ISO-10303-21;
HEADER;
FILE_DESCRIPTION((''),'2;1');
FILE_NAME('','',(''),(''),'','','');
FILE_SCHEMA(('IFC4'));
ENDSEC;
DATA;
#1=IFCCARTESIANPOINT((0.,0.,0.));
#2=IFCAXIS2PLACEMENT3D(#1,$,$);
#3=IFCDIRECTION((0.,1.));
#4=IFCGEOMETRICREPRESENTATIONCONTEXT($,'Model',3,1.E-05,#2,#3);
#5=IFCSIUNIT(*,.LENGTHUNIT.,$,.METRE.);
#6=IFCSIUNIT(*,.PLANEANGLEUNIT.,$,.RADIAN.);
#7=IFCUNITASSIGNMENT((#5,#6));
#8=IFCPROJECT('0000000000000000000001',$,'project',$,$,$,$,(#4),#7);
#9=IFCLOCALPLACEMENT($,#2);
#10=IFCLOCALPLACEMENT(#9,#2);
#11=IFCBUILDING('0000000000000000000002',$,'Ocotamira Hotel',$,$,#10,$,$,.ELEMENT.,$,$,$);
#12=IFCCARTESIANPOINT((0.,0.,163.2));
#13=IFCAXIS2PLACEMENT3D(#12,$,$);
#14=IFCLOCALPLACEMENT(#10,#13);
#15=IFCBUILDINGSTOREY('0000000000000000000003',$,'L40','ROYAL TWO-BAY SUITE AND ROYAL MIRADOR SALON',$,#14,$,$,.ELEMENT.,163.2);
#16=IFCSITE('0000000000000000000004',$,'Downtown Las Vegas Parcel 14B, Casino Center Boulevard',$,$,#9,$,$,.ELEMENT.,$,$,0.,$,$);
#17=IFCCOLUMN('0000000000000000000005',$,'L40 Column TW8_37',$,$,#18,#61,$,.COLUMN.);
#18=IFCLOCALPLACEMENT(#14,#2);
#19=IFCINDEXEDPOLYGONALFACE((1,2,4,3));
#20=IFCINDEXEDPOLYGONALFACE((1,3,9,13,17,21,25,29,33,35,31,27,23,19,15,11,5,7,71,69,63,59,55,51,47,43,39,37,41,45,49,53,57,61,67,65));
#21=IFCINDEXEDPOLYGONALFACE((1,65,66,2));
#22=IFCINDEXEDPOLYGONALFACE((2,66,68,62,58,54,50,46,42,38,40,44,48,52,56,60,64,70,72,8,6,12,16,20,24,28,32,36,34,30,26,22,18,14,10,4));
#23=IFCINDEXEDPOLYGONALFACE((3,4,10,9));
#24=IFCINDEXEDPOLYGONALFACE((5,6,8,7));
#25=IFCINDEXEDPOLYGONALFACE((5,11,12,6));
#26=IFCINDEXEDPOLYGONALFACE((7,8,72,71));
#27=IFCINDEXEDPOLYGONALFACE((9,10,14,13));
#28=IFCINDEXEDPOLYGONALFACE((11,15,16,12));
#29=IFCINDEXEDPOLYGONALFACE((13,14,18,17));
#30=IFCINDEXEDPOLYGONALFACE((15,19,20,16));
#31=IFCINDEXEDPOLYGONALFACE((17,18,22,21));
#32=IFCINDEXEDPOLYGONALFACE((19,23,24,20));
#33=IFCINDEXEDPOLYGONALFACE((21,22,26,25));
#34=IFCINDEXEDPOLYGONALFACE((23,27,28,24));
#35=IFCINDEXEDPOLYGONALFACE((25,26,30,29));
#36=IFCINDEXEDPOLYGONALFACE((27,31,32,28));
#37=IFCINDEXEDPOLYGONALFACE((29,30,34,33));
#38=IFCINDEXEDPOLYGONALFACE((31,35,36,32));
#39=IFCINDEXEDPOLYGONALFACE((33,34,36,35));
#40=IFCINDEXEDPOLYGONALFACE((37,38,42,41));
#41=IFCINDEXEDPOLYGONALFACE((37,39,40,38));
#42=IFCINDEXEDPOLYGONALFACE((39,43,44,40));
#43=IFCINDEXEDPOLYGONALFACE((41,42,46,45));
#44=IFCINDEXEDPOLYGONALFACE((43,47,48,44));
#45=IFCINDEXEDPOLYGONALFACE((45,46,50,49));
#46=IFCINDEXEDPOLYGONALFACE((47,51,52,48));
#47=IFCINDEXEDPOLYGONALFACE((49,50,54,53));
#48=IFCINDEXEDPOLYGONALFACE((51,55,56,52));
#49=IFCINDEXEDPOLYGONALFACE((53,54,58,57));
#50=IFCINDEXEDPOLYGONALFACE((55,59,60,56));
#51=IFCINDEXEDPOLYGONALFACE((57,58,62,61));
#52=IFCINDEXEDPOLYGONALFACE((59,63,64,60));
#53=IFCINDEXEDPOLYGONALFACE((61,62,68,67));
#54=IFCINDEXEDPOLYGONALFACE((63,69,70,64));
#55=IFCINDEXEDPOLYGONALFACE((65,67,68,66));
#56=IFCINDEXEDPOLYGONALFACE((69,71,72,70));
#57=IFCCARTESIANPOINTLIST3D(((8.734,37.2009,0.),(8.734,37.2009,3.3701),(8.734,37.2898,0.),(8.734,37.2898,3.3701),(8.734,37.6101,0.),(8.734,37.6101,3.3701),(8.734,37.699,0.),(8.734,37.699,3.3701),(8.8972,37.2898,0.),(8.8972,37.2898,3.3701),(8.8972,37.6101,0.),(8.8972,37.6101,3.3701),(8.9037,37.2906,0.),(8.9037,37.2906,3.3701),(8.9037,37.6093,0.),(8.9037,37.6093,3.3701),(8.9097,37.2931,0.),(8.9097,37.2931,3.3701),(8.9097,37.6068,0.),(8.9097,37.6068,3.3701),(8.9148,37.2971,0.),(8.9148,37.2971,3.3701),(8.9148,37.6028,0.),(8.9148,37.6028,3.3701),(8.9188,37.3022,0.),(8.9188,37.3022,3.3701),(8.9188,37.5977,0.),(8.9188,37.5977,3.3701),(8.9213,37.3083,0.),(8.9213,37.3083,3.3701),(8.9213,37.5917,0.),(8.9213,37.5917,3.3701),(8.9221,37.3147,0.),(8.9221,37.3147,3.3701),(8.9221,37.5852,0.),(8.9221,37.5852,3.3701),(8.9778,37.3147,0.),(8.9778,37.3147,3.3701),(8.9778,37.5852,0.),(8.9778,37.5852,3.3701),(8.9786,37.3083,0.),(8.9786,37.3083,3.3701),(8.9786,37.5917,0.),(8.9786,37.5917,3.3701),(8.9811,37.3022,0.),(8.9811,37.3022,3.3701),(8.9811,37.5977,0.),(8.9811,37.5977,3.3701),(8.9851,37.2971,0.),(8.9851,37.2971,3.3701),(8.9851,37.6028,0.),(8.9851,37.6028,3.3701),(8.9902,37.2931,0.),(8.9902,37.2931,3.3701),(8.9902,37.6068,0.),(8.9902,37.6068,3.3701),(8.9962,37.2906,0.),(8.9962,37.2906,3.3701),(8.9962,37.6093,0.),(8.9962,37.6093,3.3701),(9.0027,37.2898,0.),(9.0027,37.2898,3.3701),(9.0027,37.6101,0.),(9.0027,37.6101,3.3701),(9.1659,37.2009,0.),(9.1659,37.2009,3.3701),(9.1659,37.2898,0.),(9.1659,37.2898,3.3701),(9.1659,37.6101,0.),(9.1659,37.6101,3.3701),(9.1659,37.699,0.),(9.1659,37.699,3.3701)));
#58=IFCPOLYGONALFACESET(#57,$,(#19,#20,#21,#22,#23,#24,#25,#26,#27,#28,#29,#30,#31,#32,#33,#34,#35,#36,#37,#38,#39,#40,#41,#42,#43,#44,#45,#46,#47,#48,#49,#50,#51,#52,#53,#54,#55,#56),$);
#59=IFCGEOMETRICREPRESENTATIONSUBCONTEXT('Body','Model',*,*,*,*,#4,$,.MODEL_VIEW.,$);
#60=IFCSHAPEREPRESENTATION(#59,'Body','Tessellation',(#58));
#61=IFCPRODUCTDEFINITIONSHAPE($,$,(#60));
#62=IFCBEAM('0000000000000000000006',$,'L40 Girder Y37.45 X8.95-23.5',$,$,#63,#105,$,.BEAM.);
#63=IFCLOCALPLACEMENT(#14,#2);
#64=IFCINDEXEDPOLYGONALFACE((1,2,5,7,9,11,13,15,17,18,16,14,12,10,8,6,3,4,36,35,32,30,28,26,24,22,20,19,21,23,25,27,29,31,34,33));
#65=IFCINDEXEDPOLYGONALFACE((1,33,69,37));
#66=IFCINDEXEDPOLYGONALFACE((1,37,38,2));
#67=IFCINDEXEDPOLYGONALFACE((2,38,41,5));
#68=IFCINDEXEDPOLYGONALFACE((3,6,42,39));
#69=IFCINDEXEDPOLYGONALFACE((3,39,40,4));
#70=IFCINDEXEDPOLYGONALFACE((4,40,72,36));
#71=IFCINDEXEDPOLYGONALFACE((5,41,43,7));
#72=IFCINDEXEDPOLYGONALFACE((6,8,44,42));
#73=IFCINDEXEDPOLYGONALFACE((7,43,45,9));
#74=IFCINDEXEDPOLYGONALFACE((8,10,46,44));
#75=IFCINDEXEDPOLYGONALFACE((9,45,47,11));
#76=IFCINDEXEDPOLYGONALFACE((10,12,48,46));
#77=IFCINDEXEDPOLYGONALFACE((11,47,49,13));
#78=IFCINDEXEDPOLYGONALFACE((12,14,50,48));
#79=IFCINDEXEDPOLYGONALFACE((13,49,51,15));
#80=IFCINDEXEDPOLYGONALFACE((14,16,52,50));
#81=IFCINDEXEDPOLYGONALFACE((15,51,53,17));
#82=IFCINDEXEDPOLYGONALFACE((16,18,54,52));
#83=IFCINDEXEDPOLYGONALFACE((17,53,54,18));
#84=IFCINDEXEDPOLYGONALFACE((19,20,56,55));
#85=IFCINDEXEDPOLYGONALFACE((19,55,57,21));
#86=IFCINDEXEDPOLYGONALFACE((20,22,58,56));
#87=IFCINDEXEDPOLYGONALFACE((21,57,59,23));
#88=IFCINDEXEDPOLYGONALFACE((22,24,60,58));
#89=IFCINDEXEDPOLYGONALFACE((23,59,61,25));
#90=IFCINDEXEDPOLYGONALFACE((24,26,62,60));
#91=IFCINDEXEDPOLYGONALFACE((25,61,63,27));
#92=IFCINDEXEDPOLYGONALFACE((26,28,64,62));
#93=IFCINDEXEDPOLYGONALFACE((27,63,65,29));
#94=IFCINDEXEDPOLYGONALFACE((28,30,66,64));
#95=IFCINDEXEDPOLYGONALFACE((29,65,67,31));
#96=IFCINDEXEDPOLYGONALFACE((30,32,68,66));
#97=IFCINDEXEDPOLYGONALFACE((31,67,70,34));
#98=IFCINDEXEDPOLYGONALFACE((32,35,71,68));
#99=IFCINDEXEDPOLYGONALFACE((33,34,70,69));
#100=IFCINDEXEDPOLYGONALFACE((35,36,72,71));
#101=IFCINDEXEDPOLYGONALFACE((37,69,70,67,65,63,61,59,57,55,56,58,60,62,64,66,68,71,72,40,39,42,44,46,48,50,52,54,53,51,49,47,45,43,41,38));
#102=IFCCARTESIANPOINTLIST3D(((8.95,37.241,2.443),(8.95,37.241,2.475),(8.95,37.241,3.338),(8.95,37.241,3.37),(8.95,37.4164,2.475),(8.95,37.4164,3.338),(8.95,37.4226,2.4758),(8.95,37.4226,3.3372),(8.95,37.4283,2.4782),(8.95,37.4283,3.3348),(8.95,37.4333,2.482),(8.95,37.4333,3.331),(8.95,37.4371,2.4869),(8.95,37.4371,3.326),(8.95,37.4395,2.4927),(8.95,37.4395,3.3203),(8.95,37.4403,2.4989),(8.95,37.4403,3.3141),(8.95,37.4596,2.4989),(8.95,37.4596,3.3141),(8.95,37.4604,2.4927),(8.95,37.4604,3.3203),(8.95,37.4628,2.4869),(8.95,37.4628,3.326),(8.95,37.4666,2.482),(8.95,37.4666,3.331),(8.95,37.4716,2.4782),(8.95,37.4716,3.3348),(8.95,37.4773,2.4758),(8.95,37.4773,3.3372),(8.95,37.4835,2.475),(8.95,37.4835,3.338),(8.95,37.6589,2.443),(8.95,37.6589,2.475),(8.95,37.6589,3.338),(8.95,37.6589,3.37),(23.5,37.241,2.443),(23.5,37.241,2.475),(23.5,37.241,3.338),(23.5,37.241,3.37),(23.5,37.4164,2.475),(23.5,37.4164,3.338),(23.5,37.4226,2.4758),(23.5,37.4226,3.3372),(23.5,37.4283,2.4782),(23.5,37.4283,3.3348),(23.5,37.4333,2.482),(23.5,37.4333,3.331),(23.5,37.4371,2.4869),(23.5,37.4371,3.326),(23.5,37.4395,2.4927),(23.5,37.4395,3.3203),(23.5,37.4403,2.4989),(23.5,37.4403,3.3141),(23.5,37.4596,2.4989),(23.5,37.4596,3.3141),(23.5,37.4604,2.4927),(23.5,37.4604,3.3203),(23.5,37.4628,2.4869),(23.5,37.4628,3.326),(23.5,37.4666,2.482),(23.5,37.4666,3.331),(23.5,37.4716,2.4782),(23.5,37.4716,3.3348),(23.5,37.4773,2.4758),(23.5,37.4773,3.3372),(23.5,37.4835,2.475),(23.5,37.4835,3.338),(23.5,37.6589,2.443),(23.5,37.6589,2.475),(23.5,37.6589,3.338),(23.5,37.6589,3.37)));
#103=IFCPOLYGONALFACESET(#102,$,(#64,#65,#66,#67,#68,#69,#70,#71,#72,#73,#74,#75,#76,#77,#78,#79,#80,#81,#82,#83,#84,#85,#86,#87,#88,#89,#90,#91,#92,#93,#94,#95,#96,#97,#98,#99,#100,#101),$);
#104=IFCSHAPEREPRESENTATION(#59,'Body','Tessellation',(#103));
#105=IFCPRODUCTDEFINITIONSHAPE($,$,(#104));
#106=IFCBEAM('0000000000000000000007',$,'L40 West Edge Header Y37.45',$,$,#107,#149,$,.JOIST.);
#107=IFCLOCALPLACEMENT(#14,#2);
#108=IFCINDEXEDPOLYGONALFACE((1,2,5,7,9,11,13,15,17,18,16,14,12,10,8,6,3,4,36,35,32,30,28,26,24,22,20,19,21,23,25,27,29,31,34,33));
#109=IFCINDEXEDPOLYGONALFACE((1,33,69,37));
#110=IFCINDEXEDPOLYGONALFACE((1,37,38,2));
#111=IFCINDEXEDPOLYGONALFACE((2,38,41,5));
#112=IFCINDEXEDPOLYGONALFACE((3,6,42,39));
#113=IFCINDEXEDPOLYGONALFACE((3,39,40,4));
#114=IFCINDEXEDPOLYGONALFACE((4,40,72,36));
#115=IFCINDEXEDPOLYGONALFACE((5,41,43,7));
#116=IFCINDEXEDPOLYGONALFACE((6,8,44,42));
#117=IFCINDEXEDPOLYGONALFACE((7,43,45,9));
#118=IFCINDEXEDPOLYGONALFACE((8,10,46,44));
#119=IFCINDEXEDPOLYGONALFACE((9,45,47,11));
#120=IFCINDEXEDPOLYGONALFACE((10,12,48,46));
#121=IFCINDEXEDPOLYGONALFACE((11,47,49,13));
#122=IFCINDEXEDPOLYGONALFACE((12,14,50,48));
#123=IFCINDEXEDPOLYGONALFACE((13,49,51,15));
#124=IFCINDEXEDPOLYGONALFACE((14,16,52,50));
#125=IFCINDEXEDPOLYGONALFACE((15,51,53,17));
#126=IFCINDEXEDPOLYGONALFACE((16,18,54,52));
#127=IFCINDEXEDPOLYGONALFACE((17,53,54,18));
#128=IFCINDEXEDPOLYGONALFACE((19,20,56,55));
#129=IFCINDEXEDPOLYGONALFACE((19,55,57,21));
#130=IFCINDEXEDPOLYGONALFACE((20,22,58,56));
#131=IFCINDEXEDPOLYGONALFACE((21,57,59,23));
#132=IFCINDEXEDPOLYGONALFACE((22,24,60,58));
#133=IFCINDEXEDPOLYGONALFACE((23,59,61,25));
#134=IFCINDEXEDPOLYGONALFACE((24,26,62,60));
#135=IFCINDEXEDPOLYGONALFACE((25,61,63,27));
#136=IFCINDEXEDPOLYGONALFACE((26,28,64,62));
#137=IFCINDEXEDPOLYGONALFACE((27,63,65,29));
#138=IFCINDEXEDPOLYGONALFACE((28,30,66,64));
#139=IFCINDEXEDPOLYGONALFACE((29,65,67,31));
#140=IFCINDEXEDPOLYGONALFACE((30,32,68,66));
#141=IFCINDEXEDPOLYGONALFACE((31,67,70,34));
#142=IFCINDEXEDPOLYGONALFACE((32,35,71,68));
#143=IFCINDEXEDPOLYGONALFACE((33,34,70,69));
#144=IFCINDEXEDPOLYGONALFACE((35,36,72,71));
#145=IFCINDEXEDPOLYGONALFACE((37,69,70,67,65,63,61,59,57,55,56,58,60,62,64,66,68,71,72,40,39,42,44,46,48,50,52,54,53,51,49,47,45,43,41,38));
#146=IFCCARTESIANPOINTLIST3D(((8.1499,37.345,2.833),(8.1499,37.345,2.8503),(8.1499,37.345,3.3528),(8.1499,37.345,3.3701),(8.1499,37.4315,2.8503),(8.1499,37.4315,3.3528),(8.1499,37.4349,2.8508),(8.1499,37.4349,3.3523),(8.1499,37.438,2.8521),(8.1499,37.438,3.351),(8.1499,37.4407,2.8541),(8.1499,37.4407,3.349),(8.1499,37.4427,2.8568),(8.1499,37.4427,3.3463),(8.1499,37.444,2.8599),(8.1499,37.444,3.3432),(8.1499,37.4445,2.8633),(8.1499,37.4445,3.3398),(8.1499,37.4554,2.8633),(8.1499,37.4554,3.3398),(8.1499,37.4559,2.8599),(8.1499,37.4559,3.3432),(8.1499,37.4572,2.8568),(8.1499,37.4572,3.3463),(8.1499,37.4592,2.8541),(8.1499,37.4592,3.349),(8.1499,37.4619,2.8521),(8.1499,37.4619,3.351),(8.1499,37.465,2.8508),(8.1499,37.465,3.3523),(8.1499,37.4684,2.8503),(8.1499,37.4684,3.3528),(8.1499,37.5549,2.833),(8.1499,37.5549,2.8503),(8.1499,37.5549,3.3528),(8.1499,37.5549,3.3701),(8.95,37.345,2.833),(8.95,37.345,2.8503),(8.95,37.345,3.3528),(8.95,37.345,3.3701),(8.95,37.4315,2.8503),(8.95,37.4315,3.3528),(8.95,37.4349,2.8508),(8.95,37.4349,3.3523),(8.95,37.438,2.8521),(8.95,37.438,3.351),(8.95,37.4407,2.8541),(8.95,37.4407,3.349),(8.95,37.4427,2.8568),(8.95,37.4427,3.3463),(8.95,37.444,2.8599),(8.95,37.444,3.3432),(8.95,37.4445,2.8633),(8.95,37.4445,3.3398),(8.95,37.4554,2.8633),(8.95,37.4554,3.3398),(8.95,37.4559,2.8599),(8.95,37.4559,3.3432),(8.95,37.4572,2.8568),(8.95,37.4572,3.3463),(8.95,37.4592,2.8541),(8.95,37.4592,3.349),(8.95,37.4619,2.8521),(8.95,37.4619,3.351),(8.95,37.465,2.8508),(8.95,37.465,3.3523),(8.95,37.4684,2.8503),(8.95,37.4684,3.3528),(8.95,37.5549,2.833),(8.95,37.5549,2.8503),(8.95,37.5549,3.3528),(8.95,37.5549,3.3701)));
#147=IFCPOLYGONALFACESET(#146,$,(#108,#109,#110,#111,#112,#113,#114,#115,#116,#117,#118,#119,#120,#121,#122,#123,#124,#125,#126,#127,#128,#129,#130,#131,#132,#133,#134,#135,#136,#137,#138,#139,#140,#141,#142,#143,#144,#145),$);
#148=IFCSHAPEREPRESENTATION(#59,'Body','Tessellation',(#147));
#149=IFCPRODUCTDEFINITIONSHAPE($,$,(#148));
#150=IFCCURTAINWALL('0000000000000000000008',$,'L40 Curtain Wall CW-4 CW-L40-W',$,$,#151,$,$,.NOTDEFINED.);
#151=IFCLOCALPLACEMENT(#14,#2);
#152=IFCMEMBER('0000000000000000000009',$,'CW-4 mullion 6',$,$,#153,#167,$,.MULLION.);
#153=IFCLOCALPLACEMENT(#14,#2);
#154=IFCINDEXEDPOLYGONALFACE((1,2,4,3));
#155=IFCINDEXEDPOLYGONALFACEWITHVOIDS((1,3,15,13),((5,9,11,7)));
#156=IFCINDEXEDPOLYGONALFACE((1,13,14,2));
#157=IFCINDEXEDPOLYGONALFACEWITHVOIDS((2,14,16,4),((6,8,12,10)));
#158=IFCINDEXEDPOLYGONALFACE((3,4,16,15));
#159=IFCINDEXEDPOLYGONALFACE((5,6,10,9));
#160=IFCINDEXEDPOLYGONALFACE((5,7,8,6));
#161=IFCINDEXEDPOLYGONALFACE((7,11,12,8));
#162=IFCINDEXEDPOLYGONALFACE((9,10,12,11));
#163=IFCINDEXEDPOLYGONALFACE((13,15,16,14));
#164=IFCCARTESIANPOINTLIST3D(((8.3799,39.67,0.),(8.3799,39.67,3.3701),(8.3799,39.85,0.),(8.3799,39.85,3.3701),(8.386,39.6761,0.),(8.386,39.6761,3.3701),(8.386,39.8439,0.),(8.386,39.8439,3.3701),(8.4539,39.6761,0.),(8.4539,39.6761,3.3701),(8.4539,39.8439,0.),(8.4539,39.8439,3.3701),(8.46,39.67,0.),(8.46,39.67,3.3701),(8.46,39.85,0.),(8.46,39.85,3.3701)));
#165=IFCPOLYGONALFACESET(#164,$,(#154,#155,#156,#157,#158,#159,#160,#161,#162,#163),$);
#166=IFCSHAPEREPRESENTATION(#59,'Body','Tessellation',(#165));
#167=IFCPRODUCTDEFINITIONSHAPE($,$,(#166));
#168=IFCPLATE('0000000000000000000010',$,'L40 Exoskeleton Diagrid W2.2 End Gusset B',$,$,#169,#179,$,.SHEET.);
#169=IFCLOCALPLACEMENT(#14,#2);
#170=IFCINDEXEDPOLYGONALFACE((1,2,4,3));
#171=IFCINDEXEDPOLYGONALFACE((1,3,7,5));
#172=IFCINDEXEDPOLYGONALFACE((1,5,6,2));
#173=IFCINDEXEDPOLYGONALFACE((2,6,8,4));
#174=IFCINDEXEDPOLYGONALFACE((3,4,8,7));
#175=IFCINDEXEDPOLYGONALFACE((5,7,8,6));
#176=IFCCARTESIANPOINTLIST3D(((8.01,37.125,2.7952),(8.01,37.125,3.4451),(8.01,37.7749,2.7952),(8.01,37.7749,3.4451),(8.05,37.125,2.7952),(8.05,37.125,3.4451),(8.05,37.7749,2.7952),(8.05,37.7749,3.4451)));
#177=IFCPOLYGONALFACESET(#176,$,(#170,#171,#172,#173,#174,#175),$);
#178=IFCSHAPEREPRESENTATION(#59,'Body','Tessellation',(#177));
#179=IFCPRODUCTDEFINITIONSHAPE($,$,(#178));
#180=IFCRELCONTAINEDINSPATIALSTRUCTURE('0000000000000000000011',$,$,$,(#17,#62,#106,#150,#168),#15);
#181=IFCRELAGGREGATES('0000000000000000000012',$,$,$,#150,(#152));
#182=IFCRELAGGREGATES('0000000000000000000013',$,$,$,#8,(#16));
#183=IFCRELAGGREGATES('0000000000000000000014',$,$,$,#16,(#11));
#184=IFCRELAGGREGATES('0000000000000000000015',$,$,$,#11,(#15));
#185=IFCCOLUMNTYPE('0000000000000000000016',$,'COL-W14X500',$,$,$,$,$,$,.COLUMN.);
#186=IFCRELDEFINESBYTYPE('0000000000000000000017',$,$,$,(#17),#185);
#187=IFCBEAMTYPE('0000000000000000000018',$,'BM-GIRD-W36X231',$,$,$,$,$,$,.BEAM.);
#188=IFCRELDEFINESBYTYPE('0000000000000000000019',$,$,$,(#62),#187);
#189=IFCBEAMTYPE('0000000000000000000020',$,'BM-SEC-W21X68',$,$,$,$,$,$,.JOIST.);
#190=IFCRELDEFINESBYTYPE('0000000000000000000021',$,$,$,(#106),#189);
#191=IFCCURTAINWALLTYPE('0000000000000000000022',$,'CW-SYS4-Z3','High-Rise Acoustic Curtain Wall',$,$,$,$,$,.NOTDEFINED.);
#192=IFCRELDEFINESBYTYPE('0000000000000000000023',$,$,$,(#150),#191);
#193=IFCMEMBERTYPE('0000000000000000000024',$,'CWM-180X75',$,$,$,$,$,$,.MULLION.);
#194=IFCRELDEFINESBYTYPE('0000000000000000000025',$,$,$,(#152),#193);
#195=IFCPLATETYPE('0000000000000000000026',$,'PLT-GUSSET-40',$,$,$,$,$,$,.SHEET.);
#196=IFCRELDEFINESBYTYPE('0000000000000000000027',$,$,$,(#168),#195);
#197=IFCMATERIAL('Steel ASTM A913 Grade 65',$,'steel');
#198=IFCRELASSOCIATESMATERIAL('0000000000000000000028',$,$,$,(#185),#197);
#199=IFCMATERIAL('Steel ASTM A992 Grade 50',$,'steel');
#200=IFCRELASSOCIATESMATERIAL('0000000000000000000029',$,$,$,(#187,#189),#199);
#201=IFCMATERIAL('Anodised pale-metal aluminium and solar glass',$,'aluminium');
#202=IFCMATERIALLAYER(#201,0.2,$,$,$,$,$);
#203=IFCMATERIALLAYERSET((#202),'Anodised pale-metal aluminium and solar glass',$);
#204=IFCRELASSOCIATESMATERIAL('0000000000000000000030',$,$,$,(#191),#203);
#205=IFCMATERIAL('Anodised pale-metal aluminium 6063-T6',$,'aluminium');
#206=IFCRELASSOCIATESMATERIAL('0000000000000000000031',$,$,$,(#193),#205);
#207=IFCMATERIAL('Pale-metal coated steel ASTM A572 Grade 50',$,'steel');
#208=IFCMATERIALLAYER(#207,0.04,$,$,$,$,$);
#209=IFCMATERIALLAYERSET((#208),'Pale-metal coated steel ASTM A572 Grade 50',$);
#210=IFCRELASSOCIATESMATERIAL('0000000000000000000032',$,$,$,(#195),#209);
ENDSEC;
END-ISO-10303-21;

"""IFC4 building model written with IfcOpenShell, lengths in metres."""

from ifc_helpers import new_model, si_unit, direction, frame, origin, origin_2d, place, context, subcontext, project, spatial, rectangle, hollow_rectangle, i_section, extrude, source, transform, mapped, material, layer, layer_set, material_profile, profile_set, type_object, element, aggregate, save


model = new_model("IFC4")

# Units and contexts
model_context = context("Model", 3, precision=1e-05, world=origin(), true_north=direction((0.0, 1.0)))
body_context = subcontext(model_context, "Body", "Model", "MODEL_VIEW")
ifc_project = project(units=[si_unit("LENGTHUNIT", "METRE"), si_unit("PLANEANGLEUNIT", "RADIAN")], contexts=[model_context])

# Site, building, storey
site_placement = place(None, origin())
site = spatial("IfcSite", under=ifc_project, at=site_placement, Name="Downtown Las Vegas Parcel 14B, Casino Center Boulevard", CompositionType="ELEMENT", RefElevation=0.0)
building_placement = place(site_placement, origin())
building = spatial("IfcBuilding", under=site, at=building_placement, Name="Ocotamira Hotel", CompositionType="ELEMENT")
storey_placement = place(building_placement, frame((0.0, 0.0, 163.2)))
storey = spatial("IfcBuildingStorey", under=building, at=storey_placement, Name="L40", Description="ROYAL TWO-BAY SUITE AND ROYAL MIRADOR SALON", CompositionType="ELEMENT", Elevation=163.2)

# Column
ifc_material_1 = material(Name="Steel ASTM A913 Grade 65", Category="steel")
ifc_material_profile_1 = material_profile(ifc_material_1, i_section(OverallWidth=0.4319, OverallDepth=0.498, WebThickness=0.0557, FlangeThickness=0.0889, FilletRadius=0.0249, at=origin_2d()), Name="W14X500")
ifc_profile_set_1 = profile_set([ifc_material_profile_1], Name="Steel ASTM A913 Grade 65")
column_type = type_object("IfcColumnType", Name="COL-W14X500", PredefinedType="COLUMN", material=ifc_profile_set_1)
shared_shape_1 = source(origin(), body_context, "Body", "SweptSolid", [
    extrude(i_section(OverallWidth=0.4319, OverallDepth=0.498, WebThickness=0.0557, FlangeThickness=0.0889, FilletRadius=0.0249, at=origin_2d()), origin(), (0.0, 0.0, 1.0), 3.3701),
])
column_placement = place(storey_placement, frame((8.95, 37.45, 0.0), z_axis=(0.0, 0.0, 1.0), x_axis=(1.0, 0.0, 0.0)))
element("IfcColumn", 1, at=column_placement, inside=storey, type_object=column_type, Name="L40 Column TW8_37", PredefinedType="COLUMN", context=body_context, shape_type="MappedRepresentation", body=[
    mapped(shared_shape_1, transform((0.0, 0.0, 0.0), scale=1.0)),
])

# Beams
ifc_material_2 = material(Name="Steel ASTM A992 Grade 50", Category="steel")
ifc_material_profile_2 = material_profile(ifc_material_2, i_section(OverallWidth=0.418, OverallDepth=0.927, WebThickness=0.0193, FlangeThickness=0.032, FilletRadius=0.0239, at=origin_2d()), Name="W36X231")
ifc_profile_set_2 = profile_set([ifc_material_profile_2], Name="Steel ASTM A992 Grade 50")
beam_type_1 = type_object("IfcBeamType", Name="BM-GIRD-W36X231", PredefinedType="BEAM", material=ifc_profile_set_2)
shared_shape_2 = source(origin(), body_context, "Body", "SweptSolid", [
    extrude(i_section(OverallWidth=0.418, OverallDepth=0.927, WebThickness=0.0193, FlangeThickness=0.032, FilletRadius=0.0239, at=origin_2d()), origin(), (0.0, 0.0, 1.0), 14.55),
])
beam_1_placement = place(storey_placement, frame((8.95, 37.45, 2.9065), z_axis=(1.0, 0.0, 0.0), x_axis=(0.0, 1.0, 0.0)))
element("IfcBeam", 2, at=beam_1_placement, inside=storey, type_object=beam_type_1, Name="L40 Girder Y37.45 X8.95-23.5", PredefinedType="BEAM", context=body_context, shape_type="MappedRepresentation", body=[
    mapped(shared_shape_2, transform((0.0, 0.0, 0.0), scale=1.0)),
])
ifc_material_profile_3 = material_profile(ifc_material_2, i_section(OverallWidth=0.21, OverallDepth=0.5371, WebThickness=0.011, FlangeThickness=0.0173, FilletRadius=0.0129, at=origin_2d()), Name="W21X68")
ifc_profile_set_3 = profile_set([ifc_material_profile_3], Name="Steel ASTM A992 Grade 50")
beam_type_2 = type_object("IfcBeamType", Name="BM-SEC-W21X68", PredefinedType="JOIST", material=ifc_profile_set_3)
shared_shape_3 = source(origin(), body_context, "Body", "SweptSolid", [
    extrude(i_section(OverallWidth=0.21, OverallDepth=0.5371, WebThickness=0.011, FlangeThickness=0.0173, FilletRadius=0.0129, at=origin_2d()), origin(), (0.0, 0.0, 1.0), 0.8),
])
beam_2_placement = place(storey_placement, frame((8.95, 37.45, 3.1016), z_axis=(-1.0, 0.0, 0.0), x_axis=(0.0, -1.0, 0.0)))
element("IfcBeam", 3, at=beam_2_placement, inside=storey, type_object=beam_type_2, Name="L40 West Edge Header Y37.45", PredefinedType="JOIST", context=body_context, shape_type="MappedRepresentation", body=[
    mapped(shared_shape_3, transform((0.0, 0.0, 0.0), scale=1.0)),
])

# Curtain wall, member
ifc_material_3 = material(Name="Anodised pale-metal aluminium and solar glass", Category="aluminium")
ifc_layer_1 = layer(ifc_material_3, 0.2)
ifc_layer_set_1 = layer_set([ifc_layer_1], Name="Anodised pale-metal aluminium and solar glass")
curtain_wall_type = type_object("IfcCurtainWallType", Name="CW-SYS4-Z3", Description="High-Rise Acoustic Curtain Wall", PredefinedType="NOTDEFINED", material=ifc_layer_set_1)
curtain_wall_placement = place(storey_placement, origin())
curtain_wall = element("IfcCurtainWall", 4, at=curtain_wall_placement, inside=storey, type_object=curtain_wall_type, Name="L40 Curtain Wall CW-4 CW-L40-W", PredefinedType="NOTDEFINED")
ifc_material_4 = material(Name="Anodised pale-metal aluminium 6063-T6", Category="aluminium")
ifc_material_profile_4 = material_profile(ifc_material_4, hollow_rectangle(XDim=0.0801, YDim=0.1799, WallThickness=0.0061, at=origin_2d()), Name="HSS180X80X6")
ifc_profile_set_4 = profile_set([ifc_material_profile_4], Name="Anodised pale-metal aluminium 6063-T6")
member_type = type_object("IfcMemberType", Name="CWM-180X75", PredefinedType="MULLION", material=ifc_profile_set_4)
shared_shape_4 = source(origin(), body_context, "Body", "SweptSolid", [
    extrude(hollow_rectangle(XDim=0.0801, YDim=0.1799, WallThickness=0.0061, at=origin_2d()), origin(), (0.0, 0.0, 1.0), 3.3701),
])
member_placement = place(storey_placement, frame((8.4199, 39.76, 0.0), z_axis=(0.0, 0.0, 1.0), x_axis=(-1.0, 0.0, 0.0)))
member = element("IfcMember", 5, at=member_placement, type_object=member_type, Name="CW-4 mullion 6", PredefinedType="MULLION", context=body_context, shape_type="MappedRepresentation", body=[
    mapped(shared_shape_4, transform((0.0, 0.0, 0.0), scale=1.0)),
])

# Plate
ifc_material_5 = material(Name="Pale-metal coated steel ASTM A572 Grade 50", Category="steel")
ifc_layer_2 = layer(ifc_material_5, 0.04)
ifc_layer_set_2 = layer_set([ifc_layer_2], Name="Pale-metal coated steel ASTM A572 Grade 50")
plate_type_1 = type_object("IfcPlateType", Name="PLT-GUSSET-40", PredefinedType="SHEET", material=ifc_layer_set_2)
shared_shape_5 = source(origin(), body_context, "Body", "SweptSolid", [
    extrude(rectangle(XDim=0.04, YDim=0.6499, at=origin_2d()), origin(), (0.0, 0.0, 1.0), 0.6499),
])
plate_1_placement = place(storey_placement, frame((8.03, 37.45, 2.7952), z_axis=(0.0, 0.0, 1.0), x_axis=(1.0, 0.0, 0.0)))
element("IfcPlate", 6, at=plate_1_placement, inside=storey, type_object=plate_type_1, Name="L40 Exoskeleton Diagrid W2.2 End Gusset B", PredefinedType="SHEET", context=body_context, shape_type="MappedRepresentation", body=[
    mapped(shared_shape_5, transform((0.0, 0.0, 0.0), scale=1.0)),
])
aggregate(curtain_wall, [member])

save(model, "model.ifc")
